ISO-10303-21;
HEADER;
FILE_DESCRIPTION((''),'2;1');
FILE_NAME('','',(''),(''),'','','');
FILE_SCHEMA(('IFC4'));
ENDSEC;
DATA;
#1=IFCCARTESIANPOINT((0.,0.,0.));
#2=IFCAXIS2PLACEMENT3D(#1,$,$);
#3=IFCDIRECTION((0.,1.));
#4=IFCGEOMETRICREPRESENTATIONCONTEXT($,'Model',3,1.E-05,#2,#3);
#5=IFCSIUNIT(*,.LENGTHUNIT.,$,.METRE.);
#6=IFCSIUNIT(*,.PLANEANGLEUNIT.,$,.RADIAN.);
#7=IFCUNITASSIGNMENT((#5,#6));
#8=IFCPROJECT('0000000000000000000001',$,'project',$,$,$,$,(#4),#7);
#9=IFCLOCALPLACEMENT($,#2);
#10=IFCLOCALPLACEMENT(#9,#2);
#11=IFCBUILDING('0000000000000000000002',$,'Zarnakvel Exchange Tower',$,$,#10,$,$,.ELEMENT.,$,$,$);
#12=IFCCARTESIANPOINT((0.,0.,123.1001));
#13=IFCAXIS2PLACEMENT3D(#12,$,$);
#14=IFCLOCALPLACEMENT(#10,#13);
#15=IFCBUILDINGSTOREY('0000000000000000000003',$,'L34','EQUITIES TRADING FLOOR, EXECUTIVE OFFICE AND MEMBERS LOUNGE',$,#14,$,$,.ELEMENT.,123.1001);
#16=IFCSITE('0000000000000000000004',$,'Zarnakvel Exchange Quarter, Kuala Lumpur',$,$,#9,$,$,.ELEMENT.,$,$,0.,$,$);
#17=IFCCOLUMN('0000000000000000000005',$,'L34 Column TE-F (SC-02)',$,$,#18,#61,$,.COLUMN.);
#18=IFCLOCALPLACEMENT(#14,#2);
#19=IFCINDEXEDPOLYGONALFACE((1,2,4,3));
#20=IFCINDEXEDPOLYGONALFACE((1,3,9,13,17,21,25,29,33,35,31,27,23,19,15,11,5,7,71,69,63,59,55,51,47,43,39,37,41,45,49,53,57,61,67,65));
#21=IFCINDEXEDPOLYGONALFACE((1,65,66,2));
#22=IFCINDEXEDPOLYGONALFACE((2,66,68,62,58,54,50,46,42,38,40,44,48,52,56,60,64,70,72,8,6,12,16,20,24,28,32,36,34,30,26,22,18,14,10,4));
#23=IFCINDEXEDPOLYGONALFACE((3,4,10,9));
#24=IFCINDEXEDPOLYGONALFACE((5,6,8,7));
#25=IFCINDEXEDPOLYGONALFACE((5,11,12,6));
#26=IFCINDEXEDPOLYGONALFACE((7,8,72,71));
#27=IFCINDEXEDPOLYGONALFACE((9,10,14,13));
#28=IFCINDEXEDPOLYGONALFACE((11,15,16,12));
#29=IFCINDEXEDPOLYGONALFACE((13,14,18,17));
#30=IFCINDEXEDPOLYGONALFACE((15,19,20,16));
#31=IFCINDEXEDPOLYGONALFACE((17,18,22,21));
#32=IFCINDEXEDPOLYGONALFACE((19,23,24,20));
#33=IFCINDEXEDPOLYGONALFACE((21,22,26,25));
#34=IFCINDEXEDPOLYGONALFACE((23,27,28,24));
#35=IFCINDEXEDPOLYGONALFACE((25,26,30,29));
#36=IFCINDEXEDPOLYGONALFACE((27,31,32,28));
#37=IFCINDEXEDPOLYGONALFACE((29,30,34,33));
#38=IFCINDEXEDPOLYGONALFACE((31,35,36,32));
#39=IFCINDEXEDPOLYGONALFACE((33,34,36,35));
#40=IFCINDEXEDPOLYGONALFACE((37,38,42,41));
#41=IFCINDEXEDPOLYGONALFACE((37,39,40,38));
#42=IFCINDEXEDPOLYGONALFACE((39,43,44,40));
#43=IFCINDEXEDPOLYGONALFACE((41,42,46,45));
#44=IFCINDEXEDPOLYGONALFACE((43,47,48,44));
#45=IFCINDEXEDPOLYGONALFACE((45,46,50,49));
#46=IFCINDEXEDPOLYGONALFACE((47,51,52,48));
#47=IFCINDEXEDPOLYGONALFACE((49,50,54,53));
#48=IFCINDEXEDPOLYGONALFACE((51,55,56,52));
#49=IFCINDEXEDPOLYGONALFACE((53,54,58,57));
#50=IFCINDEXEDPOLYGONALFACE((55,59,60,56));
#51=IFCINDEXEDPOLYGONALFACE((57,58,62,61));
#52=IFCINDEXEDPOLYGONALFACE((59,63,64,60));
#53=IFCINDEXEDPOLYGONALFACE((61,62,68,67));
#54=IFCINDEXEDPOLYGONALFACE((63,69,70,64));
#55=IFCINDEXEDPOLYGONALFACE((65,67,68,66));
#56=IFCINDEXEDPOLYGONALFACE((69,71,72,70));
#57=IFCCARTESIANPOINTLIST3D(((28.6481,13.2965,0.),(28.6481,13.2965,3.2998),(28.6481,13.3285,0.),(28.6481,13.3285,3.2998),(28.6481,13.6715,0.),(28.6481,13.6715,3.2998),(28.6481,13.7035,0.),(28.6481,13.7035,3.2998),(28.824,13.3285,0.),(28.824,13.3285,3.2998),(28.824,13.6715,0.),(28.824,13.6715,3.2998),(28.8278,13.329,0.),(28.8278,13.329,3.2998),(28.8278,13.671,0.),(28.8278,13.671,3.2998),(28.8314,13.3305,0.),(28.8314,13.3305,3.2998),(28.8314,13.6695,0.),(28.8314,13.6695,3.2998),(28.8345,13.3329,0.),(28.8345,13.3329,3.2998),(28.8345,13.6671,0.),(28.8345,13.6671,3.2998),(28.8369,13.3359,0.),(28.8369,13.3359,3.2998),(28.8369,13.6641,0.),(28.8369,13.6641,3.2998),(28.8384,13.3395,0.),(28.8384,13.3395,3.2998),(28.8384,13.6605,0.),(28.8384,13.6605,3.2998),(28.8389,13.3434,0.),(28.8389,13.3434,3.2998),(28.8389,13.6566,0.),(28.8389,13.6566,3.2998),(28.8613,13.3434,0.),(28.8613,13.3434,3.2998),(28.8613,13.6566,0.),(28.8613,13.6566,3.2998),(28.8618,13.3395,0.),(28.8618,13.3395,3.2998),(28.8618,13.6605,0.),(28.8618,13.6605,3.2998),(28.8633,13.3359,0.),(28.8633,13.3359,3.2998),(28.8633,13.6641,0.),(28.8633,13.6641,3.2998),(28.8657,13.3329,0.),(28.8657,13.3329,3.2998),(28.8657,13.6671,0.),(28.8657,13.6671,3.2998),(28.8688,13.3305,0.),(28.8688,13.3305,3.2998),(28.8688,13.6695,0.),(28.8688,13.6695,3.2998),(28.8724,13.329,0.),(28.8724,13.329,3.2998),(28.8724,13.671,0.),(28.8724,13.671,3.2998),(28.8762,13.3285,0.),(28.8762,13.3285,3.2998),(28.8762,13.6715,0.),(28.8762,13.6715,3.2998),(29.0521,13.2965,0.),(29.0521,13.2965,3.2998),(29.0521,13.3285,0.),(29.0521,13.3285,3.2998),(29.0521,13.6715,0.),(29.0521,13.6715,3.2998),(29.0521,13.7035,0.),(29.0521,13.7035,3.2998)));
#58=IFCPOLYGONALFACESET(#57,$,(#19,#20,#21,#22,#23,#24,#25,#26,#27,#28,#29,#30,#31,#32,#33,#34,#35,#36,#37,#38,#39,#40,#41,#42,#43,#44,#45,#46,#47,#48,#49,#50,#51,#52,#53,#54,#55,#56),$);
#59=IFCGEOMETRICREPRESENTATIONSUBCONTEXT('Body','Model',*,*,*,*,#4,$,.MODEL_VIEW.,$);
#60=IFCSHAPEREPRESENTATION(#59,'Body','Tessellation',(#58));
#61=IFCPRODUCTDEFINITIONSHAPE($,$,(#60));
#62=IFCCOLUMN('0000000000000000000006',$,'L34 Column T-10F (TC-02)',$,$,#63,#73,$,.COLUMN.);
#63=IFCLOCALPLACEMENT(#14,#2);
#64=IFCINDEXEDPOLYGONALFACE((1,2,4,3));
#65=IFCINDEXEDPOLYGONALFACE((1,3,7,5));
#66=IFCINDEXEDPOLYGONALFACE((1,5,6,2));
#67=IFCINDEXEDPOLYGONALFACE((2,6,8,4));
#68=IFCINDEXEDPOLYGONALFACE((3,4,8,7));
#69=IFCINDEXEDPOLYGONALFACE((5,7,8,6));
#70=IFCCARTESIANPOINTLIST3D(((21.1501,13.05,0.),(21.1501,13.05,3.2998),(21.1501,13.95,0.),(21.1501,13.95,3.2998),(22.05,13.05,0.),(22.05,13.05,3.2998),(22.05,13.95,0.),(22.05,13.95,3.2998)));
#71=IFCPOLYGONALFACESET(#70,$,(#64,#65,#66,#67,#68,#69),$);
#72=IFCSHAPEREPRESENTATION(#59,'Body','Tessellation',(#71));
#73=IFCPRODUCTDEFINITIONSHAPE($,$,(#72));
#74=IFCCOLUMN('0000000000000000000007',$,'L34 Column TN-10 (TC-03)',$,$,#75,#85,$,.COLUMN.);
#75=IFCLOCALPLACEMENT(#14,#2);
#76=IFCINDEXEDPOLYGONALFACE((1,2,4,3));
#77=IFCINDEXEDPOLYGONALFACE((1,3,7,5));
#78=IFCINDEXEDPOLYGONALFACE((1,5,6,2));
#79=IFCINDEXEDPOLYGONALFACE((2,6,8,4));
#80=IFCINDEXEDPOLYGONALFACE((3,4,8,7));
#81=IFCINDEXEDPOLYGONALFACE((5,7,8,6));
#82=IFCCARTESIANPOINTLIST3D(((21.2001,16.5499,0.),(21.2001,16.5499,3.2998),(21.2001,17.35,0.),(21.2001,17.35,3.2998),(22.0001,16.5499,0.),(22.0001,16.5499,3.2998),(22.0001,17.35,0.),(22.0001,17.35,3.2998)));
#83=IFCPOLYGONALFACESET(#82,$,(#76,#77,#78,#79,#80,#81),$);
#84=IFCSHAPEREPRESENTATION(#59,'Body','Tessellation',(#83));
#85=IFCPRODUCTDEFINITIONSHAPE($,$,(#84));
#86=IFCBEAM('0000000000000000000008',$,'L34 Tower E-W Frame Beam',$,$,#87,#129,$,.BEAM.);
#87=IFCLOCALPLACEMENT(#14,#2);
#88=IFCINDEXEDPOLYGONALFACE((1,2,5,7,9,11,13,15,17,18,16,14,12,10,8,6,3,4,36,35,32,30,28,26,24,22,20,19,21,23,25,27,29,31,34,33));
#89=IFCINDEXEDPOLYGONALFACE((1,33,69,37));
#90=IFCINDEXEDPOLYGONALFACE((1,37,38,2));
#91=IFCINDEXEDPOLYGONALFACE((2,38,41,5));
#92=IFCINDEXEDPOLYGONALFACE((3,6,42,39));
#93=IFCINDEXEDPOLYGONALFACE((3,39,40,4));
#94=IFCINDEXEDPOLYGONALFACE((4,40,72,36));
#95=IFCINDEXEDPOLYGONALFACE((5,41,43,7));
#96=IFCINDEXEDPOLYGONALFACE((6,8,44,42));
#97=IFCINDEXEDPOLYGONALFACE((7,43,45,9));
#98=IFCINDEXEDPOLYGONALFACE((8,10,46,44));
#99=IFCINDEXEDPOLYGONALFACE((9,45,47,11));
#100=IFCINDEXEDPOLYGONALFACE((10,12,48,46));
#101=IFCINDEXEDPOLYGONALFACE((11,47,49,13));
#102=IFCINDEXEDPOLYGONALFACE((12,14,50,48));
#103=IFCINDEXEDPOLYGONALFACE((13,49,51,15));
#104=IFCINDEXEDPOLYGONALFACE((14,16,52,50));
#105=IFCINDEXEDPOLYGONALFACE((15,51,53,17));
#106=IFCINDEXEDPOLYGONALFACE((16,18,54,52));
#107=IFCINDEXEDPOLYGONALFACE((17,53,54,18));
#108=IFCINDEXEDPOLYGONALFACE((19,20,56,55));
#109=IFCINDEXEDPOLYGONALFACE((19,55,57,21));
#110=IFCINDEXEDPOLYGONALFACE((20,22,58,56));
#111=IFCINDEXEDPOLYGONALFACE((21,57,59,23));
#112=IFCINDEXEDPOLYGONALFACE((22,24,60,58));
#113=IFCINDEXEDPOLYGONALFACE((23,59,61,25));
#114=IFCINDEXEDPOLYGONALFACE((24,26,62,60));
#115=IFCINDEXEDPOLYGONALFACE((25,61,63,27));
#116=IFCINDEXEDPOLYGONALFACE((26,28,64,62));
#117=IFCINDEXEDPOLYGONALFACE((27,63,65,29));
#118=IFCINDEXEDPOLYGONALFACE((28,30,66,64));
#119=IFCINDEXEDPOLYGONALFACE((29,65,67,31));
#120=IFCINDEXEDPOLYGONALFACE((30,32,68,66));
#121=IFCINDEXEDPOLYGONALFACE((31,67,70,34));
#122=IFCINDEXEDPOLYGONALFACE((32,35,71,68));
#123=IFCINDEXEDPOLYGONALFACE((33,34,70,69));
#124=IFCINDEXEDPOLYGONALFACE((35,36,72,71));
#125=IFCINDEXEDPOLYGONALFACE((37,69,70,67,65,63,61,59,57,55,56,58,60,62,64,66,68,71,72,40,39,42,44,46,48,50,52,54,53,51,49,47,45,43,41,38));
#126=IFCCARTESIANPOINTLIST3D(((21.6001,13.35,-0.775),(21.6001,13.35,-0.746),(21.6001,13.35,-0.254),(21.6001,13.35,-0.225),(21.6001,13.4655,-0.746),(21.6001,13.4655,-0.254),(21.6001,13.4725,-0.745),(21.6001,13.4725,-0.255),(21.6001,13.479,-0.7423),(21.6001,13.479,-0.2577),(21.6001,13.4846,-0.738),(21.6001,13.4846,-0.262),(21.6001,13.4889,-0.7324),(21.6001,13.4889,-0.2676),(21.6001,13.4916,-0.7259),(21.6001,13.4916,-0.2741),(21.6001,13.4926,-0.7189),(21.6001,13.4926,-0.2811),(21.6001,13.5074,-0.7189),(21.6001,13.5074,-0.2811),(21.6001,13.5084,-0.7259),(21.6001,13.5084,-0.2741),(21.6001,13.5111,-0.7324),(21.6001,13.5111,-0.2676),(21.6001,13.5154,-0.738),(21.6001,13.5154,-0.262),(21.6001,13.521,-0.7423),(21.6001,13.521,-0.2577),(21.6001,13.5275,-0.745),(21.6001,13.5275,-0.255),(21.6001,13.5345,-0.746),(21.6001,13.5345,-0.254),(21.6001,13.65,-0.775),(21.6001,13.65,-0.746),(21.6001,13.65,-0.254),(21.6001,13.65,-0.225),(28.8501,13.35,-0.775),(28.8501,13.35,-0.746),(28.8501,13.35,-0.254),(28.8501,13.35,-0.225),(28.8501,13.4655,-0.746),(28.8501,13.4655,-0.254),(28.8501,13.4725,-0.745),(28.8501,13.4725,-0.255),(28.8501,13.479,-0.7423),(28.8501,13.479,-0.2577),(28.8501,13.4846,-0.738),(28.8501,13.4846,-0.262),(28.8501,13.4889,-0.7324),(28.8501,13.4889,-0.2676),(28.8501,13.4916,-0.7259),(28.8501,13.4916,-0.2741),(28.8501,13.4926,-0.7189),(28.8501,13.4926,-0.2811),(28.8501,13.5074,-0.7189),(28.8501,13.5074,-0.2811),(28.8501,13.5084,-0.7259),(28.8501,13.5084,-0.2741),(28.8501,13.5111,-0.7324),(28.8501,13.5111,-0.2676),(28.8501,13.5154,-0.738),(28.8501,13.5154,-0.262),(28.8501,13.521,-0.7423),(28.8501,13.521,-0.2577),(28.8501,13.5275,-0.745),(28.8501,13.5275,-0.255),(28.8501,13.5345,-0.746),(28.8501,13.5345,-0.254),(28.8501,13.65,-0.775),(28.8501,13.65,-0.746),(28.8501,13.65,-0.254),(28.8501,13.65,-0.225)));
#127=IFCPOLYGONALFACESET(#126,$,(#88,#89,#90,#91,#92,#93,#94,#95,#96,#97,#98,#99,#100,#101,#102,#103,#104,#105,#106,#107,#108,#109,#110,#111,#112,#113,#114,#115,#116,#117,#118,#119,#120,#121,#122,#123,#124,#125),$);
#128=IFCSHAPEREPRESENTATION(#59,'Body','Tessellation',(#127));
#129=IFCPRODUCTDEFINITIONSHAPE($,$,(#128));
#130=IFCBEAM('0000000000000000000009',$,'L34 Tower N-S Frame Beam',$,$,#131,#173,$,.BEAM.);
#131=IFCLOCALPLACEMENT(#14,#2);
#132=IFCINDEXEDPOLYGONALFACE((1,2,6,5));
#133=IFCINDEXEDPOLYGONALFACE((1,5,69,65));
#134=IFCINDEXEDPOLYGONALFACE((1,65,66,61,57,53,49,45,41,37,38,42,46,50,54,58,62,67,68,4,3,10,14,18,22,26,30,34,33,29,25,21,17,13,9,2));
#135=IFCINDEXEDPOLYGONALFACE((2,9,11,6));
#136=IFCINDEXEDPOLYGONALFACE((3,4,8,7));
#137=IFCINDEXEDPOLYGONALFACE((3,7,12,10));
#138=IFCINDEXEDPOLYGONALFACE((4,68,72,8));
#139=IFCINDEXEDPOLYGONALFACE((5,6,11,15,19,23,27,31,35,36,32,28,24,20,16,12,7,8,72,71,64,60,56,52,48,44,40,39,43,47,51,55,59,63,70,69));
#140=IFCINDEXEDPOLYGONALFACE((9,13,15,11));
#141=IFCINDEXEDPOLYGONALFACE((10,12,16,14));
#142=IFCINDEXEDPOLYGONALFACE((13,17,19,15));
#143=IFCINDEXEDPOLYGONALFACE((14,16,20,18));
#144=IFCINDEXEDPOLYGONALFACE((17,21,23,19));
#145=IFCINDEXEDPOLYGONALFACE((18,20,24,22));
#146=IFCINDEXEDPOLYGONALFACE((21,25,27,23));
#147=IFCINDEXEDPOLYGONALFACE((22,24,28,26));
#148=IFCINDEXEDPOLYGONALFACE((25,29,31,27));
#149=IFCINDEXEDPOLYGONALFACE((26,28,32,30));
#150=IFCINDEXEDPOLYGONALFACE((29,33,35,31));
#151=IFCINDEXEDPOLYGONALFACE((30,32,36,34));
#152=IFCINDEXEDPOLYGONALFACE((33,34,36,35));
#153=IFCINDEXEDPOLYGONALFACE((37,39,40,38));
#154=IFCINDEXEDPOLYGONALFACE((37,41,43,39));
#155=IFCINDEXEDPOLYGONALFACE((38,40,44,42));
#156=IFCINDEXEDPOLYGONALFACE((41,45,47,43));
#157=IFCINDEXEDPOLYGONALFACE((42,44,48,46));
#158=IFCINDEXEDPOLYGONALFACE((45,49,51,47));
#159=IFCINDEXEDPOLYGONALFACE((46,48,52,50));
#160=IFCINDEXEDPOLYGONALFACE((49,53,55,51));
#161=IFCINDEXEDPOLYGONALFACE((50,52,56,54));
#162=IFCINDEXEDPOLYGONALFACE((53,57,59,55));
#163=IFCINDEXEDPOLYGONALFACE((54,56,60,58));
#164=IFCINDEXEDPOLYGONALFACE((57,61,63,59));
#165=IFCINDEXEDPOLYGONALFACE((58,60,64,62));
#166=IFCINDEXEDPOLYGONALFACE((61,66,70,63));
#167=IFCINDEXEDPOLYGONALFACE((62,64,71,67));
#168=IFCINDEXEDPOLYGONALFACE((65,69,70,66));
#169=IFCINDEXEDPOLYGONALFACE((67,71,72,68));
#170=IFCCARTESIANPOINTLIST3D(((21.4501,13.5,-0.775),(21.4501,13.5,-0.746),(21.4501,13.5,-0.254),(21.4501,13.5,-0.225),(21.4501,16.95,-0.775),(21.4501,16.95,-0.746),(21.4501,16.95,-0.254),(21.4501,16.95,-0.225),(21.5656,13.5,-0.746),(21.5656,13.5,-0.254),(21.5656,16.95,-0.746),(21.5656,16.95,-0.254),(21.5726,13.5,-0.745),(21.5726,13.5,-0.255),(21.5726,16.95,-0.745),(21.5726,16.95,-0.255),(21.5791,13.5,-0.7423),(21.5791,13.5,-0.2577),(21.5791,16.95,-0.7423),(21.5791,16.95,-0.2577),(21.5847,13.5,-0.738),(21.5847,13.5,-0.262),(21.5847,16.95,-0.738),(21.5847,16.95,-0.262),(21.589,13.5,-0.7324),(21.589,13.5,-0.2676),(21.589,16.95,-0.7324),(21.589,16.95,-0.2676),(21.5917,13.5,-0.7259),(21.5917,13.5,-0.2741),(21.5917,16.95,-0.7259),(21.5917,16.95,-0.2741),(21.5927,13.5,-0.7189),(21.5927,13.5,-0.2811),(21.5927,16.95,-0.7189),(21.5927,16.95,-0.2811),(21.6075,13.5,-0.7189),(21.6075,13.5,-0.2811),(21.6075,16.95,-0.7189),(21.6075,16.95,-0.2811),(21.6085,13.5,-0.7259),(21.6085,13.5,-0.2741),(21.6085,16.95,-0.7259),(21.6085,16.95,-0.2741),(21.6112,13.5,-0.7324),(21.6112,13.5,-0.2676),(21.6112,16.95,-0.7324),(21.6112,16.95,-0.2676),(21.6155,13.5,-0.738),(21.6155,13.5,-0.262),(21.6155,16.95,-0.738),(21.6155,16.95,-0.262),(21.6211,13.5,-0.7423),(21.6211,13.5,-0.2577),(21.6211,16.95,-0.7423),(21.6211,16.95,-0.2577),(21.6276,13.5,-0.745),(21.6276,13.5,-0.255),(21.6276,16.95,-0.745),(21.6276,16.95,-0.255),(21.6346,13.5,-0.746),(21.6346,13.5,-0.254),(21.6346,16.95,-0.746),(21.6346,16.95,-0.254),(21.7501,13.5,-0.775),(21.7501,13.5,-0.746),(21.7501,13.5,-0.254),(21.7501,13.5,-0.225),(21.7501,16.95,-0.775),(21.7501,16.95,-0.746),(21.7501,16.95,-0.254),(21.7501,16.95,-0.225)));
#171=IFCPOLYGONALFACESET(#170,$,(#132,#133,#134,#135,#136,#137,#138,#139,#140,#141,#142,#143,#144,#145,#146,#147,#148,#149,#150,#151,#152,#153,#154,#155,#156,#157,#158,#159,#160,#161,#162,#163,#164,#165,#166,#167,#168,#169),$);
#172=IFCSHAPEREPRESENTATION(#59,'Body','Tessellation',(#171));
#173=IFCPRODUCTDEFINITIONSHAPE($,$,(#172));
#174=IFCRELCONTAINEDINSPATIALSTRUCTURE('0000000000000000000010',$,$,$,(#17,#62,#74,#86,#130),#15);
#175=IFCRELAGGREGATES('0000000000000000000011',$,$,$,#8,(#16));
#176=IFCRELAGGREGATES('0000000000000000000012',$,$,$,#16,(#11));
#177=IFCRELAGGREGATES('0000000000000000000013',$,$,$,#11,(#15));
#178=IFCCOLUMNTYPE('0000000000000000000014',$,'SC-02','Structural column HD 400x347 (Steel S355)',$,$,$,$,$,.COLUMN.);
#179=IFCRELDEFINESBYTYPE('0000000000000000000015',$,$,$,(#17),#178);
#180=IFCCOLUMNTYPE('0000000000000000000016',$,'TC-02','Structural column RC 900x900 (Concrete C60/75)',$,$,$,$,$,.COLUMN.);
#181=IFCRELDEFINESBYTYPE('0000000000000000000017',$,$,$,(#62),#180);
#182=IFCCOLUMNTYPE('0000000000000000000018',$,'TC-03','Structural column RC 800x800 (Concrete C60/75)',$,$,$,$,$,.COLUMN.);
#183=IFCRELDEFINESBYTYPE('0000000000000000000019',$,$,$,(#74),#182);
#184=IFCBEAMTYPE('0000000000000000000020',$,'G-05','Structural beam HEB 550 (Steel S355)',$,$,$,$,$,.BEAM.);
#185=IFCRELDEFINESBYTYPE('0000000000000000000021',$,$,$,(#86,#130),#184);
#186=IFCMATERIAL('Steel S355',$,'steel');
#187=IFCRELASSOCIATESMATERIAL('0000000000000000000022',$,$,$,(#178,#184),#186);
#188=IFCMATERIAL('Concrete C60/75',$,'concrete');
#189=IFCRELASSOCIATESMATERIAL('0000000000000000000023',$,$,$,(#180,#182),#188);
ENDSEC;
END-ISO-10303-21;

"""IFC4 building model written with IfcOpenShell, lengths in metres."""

from ifc_helpers import new_model, si_unit, direction, frame, origin, origin_2d, place, context, subcontext, project, spatial, rectangle, i_section, extrude, material, material_profile, profile_set, type_object, element, save


model = new_model("IFC4")

# Units and contexts
model_context = context("Model", 3, precision=1e-05, world=origin(), true_north=direction((0.0, 1.0)))
body_context = subcontext(model_context, "Body", "Model", "MODEL_VIEW")
ifc_project = project(units=[si_unit("LENGTHUNIT", "METRE"), si_unit("PLANEANGLEUNIT", "RADIAN")], contexts=[model_context])

# Site, building, storey
site_placement = place(None, origin())
site = spatial("IfcSite", under=ifc_project, at=site_placement, Name="Zarnakvel Exchange Quarter, Kuala Lumpur", CompositionType="ELEMENT", RefElevation=0.0)
building_placement = place(site_placement, origin())
building = spatial("IfcBuilding", under=site, at=building_placement, Name="Zarnakvel Exchange Tower", CompositionType="ELEMENT")
storey_placement = place(building_placement, frame((0.0, 0.0, 123.1001)))
storey = spatial("IfcBuildingStorey", under=building, at=storey_placement, Name="L34", Description="EQUITIES TRADING FLOOR, EXECUTIVE OFFICE AND MEMBERS LOUNGE", CompositionType="ELEMENT", Elevation=123.1001)

# Columns
ifc_material_1 = material(Name="Steel S355", Category="steel")
ifc_material_profile_1 = material_profile(ifc_material_1, i_section(OverallWidth=0.4041, OverallDepth=0.407, WebThickness=0.0225, FlangeThickness=0.032, FilletRadius=0.0149, at=origin_2d()))
ifc_profile_set_1 = profile_set([ifc_material_profile_1], Name="Steel S355")
column_type_1 = type_object("IfcColumnType", Name="SC-02", Description="Structural column HD 400x347 (Steel S355)", PredefinedType="COLUMN", material=ifc_profile_set_1)
column_1_placement = place(storey_placement, frame((28.8501, 13.5, 0.0), z_axis=(0.0, 0.0, 1.0), x_axis=(1.0, 0.0, 0.0)))
element("IfcColumn", 1, at=column_1_placement, inside=storey, type_object=column_type_1, Name="L34 Column TE-F (SC-02)", PredefinedType="COLUMN", context=body_context, shape_type="SweptSolid", body=[
    extrude(i_section(OverallWidth=0.4041, OverallDepth=0.407, WebThickness=0.0225, FlangeThickness=0.032, FilletRadius=0.0149, at=origin_2d()), origin(), (0.0, 0.0, 1.0), 3.2998),
])
ifc_material_2 = material(Name="Concrete C60/75", Category="concrete")
ifc_material_profile_2 = material_profile(ifc_material_2, rectangle(XDim=0.8999, YDim=0.8999, at=origin_2d()))
ifc_profile_set_2 = profile_set([ifc_material_profile_2], Name="Concrete C60/75")
column_type_2 = type_object("IfcColumnType", Name="TC-02", Description="Structural column RC 900x900 (Concrete C60/75)", PredefinedType="COLUMN", material=ifc_profile_set_2)
column_2_placement = place(storey_placement, frame((21.6001, 13.5, 0.0), z_axis=(0.0, 0.0, 1.0), x_axis=(1.0, 0.0, 0.0)))
element("IfcColumn", 2, at=column_2_placement, inside=storey, type_object=column_type_2, Name="L34 Column T-10F (TC-02)", PredefinedType="COLUMN", context=body_context, shape_type="SweptSolid", body=[
    extrude(rectangle(XDim=0.8999, YDim=0.8999, at=origin_2d()), origin(), (0.0, 0.0, 1.0), 3.2998),
])
ifc_material_profile_3 = material_profile(ifc_material_2, rectangle(XDim=0.8, YDim=0.8, at=origin_2d()))
ifc_profile_set_3 = profile_set([ifc_material_profile_3], Name="Concrete C60/75")
column_type_3 = type_object("IfcColumnType", Name="TC-03", Description="Structural column RC 800x800 (Concrete C60/75)", PredefinedType="COLUMN", material=ifc_profile_set_3)
column_3_placement = place(storey_placement, frame((21.6001, 16.95, 0.0), z_axis=(0.0, 0.0, 1.0), x_axis=(1.0, 0.0, 0.0)))
element("IfcColumn", 3, at=column_3_placement, inside=storey, type_object=column_type_3, Name="L34 Column TN-10 (TC-03)", PredefinedType="COLUMN", context=body_context, shape_type="SweptSolid", body=[
    extrude(rectangle(XDim=0.8, YDim=0.8, at=origin_2d()), origin(), (0.0, 0.0, 1.0), 3.2998),
])

# Beams
ifc_material_profile_4 = material_profile(ifc_material_1, i_section(OverallWidth=0.3, OverallDepth=0.55, WebThickness=0.0149, FlangeThickness=0.0291, FilletRadius=0.0271, at=origin_2d()))
ifc_profile_set_4 = profile_set([ifc_material_profile_4], Name="Steel S355")
beam_type = type_object("IfcBeamType", Name="G-05", Description="Structural beam HEB 550 (Steel S355)", PredefinedType="BEAM", material=ifc_profile_set_4)
beam_1_placement = place(storey_placement, frame((21.6001, 13.5, -0.5), z_axis=(1.0, 0.0, 0.0), x_axis=(0.0, 1.0, 0.0)))
element("IfcBeam", 4, at=beam_1_placement, inside=storey, type_object=beam_type, Name="L34 Tower E-W Frame Beam", PredefinedType="BEAM", context=body_context, shape_type="SweptSolid", body=[
    extrude(i_section(OverallWidth=0.3, OverallDepth=0.55, WebThickness=0.0149, FlangeThickness=0.0291, FilletRadius=0.0271, at=origin_2d()), origin(), (0.0, 0.0, 1.0), 7.25),
])
beam_2_placement = place(storey_placement, frame((21.6001, 13.5, -0.5), z_axis=(0.0, 1.0, 0.0), x_axis=(-1.0, 0.0, 0.0)))
element("IfcBeam", 5, at=beam_2_placement, inside=storey, type_object=beam_type, Name="L34 Tower N-S Frame Beam", PredefinedType="BEAM", context=body_context, shape_type="SweptSolid", body=[
    extrude(i_section(OverallWidth=0.3, OverallDepth=0.55, WebThickness=0.0149, FlangeThickness=0.0291, FilletRadius=0.0271, at=origin_2d()), origin(), (0.0, 0.0, 1.0), 3.45),
])

save(model, "model.ifc")
